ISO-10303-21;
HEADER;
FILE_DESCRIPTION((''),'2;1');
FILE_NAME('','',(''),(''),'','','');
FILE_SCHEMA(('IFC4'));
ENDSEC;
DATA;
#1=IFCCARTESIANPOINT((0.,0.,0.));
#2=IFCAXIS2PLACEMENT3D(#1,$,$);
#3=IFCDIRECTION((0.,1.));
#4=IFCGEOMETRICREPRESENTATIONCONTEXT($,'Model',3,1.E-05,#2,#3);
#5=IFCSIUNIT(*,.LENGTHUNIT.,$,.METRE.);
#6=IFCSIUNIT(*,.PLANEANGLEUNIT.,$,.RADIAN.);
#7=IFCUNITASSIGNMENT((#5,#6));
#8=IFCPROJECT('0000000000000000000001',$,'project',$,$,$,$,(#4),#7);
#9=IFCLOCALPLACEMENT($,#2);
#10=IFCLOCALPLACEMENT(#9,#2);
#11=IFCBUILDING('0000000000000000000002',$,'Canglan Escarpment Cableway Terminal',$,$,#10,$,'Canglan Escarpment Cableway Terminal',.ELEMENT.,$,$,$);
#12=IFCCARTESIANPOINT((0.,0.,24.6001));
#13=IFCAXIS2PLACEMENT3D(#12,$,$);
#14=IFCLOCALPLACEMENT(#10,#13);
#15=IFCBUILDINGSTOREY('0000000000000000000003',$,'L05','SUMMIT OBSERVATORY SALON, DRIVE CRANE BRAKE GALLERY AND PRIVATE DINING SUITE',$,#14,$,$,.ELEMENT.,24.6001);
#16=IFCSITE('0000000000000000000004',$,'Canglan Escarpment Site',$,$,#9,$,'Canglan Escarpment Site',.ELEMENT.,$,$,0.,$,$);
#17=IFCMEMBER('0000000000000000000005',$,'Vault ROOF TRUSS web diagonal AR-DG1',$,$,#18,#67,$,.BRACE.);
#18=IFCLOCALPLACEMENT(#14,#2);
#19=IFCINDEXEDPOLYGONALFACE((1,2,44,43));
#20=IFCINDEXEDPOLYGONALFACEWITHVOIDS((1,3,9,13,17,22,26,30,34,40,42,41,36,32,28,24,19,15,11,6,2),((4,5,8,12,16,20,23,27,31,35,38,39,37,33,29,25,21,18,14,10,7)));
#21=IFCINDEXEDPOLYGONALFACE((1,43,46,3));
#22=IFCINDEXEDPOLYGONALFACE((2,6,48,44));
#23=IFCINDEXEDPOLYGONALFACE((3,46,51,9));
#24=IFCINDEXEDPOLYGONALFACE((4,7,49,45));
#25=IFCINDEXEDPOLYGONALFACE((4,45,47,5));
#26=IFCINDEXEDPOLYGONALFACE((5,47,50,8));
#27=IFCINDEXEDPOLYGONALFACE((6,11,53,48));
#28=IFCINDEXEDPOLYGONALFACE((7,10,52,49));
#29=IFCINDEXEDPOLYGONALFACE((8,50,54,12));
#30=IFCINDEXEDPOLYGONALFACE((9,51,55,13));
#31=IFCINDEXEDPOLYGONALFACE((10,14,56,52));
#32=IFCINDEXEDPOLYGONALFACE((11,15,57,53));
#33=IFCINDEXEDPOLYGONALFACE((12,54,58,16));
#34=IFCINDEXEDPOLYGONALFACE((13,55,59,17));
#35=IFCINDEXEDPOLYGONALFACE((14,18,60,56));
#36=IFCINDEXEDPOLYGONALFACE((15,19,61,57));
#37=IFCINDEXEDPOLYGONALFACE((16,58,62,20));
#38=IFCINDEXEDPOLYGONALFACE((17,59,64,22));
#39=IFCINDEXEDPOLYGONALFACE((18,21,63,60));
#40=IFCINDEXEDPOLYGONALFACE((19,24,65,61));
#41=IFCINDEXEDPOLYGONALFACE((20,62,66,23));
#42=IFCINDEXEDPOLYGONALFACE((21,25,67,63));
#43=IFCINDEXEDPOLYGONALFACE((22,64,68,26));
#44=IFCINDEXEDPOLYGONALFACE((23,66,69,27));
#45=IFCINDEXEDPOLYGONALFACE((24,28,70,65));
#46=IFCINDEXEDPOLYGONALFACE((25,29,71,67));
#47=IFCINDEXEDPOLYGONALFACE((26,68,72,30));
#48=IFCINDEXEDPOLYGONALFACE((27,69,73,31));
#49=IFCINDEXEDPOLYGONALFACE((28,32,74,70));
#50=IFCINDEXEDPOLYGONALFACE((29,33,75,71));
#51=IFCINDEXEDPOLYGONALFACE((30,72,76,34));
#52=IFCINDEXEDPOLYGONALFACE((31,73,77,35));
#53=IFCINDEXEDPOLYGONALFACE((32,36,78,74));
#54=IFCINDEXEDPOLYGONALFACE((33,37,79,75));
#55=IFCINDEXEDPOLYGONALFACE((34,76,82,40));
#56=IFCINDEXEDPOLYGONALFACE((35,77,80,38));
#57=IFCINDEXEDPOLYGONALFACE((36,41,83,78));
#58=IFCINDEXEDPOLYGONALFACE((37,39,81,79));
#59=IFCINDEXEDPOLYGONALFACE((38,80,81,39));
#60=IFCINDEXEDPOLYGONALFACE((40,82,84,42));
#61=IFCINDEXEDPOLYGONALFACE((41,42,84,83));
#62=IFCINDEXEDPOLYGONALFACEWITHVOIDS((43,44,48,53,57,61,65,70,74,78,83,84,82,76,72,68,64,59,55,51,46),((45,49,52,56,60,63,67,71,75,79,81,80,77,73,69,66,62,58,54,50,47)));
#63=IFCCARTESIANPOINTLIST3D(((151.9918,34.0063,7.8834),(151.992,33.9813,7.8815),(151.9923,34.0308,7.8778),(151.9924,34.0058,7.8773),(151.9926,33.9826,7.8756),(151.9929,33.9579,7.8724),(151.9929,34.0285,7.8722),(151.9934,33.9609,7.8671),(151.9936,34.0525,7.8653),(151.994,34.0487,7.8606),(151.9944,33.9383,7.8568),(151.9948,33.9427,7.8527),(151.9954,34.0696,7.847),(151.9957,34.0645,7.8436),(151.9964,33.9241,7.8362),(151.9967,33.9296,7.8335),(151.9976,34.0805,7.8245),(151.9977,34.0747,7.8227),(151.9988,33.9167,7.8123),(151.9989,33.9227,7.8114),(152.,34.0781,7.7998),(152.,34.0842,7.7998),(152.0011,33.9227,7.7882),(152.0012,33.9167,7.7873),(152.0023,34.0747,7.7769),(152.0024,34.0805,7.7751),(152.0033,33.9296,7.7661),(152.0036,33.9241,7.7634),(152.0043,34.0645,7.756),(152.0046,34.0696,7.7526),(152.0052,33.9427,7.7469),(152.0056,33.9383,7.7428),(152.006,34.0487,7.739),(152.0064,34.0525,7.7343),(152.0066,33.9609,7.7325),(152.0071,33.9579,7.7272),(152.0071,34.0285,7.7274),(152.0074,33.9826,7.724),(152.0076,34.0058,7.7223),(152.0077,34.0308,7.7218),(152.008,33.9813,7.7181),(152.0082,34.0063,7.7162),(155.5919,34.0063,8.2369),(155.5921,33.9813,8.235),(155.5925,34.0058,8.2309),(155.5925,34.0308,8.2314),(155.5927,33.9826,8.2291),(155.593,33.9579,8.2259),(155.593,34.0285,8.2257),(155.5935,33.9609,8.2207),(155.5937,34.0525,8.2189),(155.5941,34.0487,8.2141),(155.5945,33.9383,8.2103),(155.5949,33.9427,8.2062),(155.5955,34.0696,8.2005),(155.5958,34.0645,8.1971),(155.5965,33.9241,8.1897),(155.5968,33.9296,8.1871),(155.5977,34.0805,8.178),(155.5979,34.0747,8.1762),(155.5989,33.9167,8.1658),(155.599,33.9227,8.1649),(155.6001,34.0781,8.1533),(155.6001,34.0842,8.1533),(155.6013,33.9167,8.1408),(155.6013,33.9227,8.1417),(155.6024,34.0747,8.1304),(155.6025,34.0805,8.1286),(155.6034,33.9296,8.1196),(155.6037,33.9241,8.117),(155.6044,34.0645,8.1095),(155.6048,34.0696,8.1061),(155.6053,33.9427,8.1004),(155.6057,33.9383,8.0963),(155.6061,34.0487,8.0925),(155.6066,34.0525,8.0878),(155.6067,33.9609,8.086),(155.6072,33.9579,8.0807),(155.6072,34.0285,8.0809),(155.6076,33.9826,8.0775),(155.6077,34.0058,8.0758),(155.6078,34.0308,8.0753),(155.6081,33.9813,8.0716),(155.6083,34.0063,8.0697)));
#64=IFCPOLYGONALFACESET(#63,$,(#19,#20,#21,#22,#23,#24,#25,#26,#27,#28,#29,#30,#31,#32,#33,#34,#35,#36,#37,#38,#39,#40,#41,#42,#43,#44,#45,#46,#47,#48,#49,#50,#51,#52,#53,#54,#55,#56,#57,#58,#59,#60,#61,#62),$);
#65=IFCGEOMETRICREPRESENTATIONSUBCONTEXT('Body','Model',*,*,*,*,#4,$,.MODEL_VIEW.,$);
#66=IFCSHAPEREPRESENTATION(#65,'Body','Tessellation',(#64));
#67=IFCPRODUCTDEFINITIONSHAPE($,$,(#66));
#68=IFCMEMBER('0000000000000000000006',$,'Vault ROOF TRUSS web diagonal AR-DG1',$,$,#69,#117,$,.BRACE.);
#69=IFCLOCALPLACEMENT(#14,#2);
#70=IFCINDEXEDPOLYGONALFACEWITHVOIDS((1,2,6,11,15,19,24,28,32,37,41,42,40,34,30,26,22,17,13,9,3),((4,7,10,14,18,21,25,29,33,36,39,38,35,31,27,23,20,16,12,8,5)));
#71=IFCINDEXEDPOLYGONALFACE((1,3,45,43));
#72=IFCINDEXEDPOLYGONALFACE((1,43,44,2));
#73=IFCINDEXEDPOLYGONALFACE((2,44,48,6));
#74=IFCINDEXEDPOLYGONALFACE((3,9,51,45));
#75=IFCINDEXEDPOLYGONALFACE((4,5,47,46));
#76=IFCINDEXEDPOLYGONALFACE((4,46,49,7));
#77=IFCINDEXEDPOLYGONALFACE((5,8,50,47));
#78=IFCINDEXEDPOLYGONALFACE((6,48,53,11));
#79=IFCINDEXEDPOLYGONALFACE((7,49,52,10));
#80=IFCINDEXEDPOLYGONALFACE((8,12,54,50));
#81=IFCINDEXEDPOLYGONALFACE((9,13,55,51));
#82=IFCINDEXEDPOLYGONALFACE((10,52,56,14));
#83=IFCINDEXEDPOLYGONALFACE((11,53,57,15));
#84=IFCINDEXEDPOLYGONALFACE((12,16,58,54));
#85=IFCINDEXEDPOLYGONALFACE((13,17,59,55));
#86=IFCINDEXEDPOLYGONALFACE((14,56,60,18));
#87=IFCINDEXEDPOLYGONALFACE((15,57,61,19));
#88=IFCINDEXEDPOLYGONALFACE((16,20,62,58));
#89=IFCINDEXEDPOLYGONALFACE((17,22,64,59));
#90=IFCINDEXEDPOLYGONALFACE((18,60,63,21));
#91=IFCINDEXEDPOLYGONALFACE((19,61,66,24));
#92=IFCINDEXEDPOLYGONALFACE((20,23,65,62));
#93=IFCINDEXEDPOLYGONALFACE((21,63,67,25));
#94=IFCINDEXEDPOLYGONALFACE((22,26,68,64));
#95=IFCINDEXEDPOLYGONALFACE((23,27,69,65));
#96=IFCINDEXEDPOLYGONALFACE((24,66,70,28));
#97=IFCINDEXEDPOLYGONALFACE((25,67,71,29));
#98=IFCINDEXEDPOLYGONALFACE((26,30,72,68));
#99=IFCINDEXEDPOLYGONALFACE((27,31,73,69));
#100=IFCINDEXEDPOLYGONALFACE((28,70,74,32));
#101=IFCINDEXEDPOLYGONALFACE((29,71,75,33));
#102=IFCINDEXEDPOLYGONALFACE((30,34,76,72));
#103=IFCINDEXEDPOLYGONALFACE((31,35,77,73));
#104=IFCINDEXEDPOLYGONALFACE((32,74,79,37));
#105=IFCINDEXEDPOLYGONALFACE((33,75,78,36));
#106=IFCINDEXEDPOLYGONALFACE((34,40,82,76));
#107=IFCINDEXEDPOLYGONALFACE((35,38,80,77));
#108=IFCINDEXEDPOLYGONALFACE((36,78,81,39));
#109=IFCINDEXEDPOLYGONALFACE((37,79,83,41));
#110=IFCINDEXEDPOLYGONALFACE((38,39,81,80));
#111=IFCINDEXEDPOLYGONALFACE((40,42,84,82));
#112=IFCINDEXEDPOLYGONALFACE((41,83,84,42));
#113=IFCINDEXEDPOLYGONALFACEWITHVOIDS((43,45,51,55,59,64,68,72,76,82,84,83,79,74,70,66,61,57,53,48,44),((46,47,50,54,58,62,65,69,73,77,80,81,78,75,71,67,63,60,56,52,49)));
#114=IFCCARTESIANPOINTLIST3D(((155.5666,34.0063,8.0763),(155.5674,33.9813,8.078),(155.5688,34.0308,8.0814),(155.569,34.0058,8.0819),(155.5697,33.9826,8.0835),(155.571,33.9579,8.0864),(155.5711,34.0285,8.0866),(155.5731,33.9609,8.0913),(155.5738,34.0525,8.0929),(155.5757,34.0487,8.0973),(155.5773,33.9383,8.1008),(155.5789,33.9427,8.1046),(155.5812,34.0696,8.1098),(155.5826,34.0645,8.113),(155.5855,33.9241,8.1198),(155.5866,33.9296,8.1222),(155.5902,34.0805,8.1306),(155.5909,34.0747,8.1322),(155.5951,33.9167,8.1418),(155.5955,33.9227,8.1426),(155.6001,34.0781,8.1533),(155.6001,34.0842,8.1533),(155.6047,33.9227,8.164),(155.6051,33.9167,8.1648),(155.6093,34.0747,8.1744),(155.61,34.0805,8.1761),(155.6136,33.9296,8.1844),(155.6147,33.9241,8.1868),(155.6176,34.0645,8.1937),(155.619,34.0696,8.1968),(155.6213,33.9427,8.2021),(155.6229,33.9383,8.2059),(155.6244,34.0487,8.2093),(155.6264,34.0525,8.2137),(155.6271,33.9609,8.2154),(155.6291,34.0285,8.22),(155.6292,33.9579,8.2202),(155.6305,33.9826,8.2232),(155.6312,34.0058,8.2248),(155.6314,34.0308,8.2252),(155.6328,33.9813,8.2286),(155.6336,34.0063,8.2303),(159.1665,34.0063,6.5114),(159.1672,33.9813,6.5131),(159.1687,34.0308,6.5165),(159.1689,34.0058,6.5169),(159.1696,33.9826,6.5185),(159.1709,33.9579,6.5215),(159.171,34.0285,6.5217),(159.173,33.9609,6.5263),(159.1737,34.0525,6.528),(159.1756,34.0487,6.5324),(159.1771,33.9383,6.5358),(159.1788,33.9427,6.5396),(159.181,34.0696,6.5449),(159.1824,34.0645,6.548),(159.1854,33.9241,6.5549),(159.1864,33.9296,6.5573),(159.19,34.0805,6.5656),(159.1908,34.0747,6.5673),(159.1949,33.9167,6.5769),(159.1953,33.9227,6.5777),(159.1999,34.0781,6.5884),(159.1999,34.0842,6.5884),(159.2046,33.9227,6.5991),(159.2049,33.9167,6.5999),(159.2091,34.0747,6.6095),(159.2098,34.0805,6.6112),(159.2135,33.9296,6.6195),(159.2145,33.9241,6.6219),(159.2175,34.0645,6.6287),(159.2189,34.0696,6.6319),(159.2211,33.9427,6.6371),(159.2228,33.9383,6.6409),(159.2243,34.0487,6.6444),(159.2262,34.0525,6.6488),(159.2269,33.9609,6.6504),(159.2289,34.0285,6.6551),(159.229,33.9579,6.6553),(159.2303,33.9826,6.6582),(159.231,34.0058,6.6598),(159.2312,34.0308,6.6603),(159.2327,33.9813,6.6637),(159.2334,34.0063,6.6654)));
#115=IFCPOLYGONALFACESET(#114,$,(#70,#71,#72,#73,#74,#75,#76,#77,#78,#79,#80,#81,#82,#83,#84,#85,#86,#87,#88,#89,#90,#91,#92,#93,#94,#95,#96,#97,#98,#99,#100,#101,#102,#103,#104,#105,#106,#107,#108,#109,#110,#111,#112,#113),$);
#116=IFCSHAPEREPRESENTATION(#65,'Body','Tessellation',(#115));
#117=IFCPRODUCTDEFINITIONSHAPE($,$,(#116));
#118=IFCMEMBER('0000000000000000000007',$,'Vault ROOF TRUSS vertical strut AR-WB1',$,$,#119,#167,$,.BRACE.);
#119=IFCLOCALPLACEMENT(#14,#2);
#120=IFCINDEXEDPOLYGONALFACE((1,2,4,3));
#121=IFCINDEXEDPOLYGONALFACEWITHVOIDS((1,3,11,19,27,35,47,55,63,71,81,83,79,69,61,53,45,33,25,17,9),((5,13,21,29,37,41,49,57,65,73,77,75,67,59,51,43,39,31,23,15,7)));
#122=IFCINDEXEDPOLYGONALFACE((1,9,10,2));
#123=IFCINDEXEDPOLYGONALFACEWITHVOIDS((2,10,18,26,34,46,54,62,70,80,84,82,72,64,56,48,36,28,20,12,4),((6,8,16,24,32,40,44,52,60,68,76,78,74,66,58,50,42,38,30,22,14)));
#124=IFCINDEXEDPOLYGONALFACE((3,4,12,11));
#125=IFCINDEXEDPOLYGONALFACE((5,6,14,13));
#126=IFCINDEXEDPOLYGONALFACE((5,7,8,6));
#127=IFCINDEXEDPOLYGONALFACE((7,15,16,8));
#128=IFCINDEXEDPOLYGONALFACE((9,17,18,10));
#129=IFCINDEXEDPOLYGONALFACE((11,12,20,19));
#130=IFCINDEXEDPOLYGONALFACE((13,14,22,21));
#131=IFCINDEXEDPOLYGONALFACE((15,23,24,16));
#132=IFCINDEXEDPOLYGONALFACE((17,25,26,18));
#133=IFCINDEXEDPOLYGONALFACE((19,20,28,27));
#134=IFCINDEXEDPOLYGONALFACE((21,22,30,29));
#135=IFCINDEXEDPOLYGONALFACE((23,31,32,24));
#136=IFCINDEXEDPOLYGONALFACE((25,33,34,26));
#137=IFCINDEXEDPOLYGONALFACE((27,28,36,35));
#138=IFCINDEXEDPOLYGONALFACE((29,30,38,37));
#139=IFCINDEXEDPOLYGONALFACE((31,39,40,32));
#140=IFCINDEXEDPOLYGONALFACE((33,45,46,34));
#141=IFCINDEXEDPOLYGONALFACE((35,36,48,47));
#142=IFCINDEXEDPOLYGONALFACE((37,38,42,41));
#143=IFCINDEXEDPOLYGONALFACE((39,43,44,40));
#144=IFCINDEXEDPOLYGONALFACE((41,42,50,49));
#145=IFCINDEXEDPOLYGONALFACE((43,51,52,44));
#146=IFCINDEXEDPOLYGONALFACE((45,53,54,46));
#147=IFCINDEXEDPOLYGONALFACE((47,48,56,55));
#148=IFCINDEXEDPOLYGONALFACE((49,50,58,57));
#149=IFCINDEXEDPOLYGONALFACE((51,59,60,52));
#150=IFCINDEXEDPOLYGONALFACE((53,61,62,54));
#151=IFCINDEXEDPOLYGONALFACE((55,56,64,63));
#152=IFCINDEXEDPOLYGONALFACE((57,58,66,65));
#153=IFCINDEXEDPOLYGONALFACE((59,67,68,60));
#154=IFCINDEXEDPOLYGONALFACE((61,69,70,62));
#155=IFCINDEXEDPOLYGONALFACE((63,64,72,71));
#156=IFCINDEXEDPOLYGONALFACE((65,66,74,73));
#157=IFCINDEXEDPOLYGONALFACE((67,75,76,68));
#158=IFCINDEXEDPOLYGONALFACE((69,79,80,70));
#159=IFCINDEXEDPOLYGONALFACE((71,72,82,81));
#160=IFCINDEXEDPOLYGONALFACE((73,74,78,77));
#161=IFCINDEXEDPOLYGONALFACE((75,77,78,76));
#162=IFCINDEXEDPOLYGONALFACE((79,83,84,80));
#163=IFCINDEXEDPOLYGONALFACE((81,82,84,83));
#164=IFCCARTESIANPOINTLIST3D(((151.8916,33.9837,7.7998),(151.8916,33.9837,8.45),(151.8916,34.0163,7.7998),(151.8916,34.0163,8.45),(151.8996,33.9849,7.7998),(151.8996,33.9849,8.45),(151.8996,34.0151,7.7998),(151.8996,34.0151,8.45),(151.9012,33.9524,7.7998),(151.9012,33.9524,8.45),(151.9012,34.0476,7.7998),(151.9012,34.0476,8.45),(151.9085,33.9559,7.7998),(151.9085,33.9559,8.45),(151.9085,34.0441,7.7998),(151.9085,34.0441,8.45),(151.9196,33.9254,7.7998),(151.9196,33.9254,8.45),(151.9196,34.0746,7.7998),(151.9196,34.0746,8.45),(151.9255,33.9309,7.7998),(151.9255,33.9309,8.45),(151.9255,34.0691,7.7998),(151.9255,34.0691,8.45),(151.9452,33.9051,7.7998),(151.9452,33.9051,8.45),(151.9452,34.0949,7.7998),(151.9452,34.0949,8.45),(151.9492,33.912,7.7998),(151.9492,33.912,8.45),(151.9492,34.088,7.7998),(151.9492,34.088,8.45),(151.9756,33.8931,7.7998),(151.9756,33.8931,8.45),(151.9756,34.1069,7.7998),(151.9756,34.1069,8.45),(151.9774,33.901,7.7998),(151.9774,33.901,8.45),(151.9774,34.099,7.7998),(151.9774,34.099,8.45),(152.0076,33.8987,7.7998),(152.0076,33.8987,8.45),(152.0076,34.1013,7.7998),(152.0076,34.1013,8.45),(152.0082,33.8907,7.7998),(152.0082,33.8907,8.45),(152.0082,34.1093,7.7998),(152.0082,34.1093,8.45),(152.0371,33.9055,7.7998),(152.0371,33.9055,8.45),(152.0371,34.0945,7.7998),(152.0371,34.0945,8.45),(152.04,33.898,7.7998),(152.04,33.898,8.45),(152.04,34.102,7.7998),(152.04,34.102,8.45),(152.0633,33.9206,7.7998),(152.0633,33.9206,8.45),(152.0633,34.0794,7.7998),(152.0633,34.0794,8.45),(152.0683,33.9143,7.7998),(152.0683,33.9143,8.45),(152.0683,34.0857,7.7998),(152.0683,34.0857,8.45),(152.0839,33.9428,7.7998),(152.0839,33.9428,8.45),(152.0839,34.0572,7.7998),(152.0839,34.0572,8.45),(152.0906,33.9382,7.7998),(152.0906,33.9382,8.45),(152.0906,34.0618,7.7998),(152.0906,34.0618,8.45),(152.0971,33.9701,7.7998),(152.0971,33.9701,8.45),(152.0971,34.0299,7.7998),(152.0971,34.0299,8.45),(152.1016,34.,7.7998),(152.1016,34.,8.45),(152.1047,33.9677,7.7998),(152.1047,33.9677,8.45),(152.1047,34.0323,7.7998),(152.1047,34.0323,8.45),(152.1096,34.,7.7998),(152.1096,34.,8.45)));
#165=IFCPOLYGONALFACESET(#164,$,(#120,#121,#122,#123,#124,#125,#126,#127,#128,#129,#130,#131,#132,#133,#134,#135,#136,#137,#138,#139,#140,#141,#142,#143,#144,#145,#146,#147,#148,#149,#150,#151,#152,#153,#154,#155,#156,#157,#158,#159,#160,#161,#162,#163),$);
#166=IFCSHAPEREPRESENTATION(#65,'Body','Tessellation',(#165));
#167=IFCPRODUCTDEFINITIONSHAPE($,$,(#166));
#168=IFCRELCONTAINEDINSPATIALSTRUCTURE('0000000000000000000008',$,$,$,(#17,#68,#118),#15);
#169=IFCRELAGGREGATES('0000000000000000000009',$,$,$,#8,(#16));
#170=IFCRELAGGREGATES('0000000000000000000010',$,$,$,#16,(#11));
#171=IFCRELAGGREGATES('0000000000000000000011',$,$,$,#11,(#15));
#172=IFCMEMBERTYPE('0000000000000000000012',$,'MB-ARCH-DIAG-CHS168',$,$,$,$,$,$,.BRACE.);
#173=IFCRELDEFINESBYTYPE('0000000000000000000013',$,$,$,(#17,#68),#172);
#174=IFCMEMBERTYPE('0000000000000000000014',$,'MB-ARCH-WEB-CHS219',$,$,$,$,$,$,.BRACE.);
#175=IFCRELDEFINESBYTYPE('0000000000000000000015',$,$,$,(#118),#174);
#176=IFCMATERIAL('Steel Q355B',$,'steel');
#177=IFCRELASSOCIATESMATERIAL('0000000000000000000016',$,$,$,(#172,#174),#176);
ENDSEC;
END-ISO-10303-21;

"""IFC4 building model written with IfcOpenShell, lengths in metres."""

from ifc_helpers import new_model, si_unit, direction, frame, origin, origin_2d, place, context, subcontext, project, spatial, hollow_circle, extrude, material, material_profile, profile_set, type_object, element, save


model = new_model("IFC4")

# Units and contexts
model_context = context("Model", 3, precision=1e-05, world=origin(), true_north=direction((0.0, 1.0)))
body_context = subcontext(model_context, "Body", "Model", "MODEL_VIEW")
ifc_project = project(units=[si_unit("LENGTHUNIT", "METRE"), si_unit("PLANEANGLEUNIT", "RADIAN")], contexts=[model_context])

# Site, building, storey
site_placement = place(None, origin())
site = spatial("IfcSite", under=ifc_project, at=site_placement, Name="Canglan Escarpment Site", LongName="Canglan Escarpment Site", CompositionType="ELEMENT", RefElevation=0.0)
building_placement = place(site_placement, origin())
building = spatial("IfcBuilding", under=site, at=building_placement, Name="Canglan Escarpment Cableway Terminal", LongName="Canglan Escarpment Cableway Terminal", CompositionType="ELEMENT")
storey_placement = place(building_placement, frame((0.0, 0.0, 24.6001)))
storey = spatial("IfcBuildingStorey", under=building, at=storey_placement, Name="L05", Description="SUMMIT OBSERVATORY SALON, DRIVE CRANE BRAKE GALLERY AND PRIVATE DINING SUITE", CompositionType="ELEMENT", Elevation=24.6001)

# Shared definitions
ifc_material_1 = material(Name="Steel Q355B", Category="steel")

# Members
ifc_material_profile_1 = material_profile(ifc_material_1, hollow_circle(Radius=0.0842, WallThickness=0.0061, at=origin_2d()), Name="CHS 168.3x6")
ifc_profile_set_1 = profile_set([ifc_material_profile_1], Name="Steel Q355B")
member_type_1 = type_object("IfcMemberType", Name="MB-ARCH-DIAG-CHS168", PredefinedType="BRACE", material=ifc_profile_set_1)
member_1_placement = place(storey_placement, frame((152.0, 34.0, 7.7998), z_axis=(0.995213, 0.0, 0.097726), x_axis=(0.0, 1.0, 0.0)))
element("IfcMember", 1, at=member_1_placement, inside=storey, type_object=member_type_1, Name="Vault ROOF TRUSS web diagonal AR-DG1", PredefinedType="BRACE", context=body_context, shape_type="SweptSolid", body=[
    extrude(hollow_circle(Radius=0.0842, WallThickness=0.0061, at=origin_2d()), origin(), (0.0, 0.0, 1.0), 3.6174),
])
member_2_placement = place(storey_placement, frame((155.6001, 34.0, 8.1533), z_axis=(0.91709, 0.0, -0.398681), x_axis=(0.0, 1.0, 0.0)))
element("IfcMember", 2, at=member_2_placement, inside=storey, type_object=member_type_1, Name="Vault ROOF TRUSS web diagonal AR-DG1", PredefinedType="BRACE", context=body_context, shape_type="SweptSolid", body=[
    extrude(hollow_circle(Radius=0.0842, WallThickness=0.0061, at=origin_2d()), origin(), (0.0, 0.0, 1.0), 3.9253),
])
ifc_material_profile_2 = material_profile(ifc_material_1, hollow_circle(Radius=0.1096, WallThickness=0.0081, at=origin_2d()), Name="CHS 219.1x8")
ifc_profile_set_2 = profile_set([ifc_material_profile_2], Name="Steel Q355B")
member_type_2 = type_object("IfcMemberType", Name="MB-ARCH-WEB-CHS219", PredefinedType="BRACE", material=ifc_profile_set_2)
member_3_placement = place(storey_placement, frame((152.0, 34.0, 7.7998), z_axis=(0.0, 0.0, 1.0), x_axis=(1.0, 0.0, 0.0)))
element("IfcMember", 3, at=member_3_placement, inside=storey, type_object=member_type_2, Name="Vault ROOF TRUSS vertical strut AR-WB1", PredefinedType="BRACE", context=body_context, shape_type="SweptSolid", body=[
    extrude(hollow_circle(Radius=0.1096, WallThickness=0.0081, at=origin_2d()), origin(), (0.0, 0.0, 1.0), 0.6501),
])

save(model, "model.ifc")
